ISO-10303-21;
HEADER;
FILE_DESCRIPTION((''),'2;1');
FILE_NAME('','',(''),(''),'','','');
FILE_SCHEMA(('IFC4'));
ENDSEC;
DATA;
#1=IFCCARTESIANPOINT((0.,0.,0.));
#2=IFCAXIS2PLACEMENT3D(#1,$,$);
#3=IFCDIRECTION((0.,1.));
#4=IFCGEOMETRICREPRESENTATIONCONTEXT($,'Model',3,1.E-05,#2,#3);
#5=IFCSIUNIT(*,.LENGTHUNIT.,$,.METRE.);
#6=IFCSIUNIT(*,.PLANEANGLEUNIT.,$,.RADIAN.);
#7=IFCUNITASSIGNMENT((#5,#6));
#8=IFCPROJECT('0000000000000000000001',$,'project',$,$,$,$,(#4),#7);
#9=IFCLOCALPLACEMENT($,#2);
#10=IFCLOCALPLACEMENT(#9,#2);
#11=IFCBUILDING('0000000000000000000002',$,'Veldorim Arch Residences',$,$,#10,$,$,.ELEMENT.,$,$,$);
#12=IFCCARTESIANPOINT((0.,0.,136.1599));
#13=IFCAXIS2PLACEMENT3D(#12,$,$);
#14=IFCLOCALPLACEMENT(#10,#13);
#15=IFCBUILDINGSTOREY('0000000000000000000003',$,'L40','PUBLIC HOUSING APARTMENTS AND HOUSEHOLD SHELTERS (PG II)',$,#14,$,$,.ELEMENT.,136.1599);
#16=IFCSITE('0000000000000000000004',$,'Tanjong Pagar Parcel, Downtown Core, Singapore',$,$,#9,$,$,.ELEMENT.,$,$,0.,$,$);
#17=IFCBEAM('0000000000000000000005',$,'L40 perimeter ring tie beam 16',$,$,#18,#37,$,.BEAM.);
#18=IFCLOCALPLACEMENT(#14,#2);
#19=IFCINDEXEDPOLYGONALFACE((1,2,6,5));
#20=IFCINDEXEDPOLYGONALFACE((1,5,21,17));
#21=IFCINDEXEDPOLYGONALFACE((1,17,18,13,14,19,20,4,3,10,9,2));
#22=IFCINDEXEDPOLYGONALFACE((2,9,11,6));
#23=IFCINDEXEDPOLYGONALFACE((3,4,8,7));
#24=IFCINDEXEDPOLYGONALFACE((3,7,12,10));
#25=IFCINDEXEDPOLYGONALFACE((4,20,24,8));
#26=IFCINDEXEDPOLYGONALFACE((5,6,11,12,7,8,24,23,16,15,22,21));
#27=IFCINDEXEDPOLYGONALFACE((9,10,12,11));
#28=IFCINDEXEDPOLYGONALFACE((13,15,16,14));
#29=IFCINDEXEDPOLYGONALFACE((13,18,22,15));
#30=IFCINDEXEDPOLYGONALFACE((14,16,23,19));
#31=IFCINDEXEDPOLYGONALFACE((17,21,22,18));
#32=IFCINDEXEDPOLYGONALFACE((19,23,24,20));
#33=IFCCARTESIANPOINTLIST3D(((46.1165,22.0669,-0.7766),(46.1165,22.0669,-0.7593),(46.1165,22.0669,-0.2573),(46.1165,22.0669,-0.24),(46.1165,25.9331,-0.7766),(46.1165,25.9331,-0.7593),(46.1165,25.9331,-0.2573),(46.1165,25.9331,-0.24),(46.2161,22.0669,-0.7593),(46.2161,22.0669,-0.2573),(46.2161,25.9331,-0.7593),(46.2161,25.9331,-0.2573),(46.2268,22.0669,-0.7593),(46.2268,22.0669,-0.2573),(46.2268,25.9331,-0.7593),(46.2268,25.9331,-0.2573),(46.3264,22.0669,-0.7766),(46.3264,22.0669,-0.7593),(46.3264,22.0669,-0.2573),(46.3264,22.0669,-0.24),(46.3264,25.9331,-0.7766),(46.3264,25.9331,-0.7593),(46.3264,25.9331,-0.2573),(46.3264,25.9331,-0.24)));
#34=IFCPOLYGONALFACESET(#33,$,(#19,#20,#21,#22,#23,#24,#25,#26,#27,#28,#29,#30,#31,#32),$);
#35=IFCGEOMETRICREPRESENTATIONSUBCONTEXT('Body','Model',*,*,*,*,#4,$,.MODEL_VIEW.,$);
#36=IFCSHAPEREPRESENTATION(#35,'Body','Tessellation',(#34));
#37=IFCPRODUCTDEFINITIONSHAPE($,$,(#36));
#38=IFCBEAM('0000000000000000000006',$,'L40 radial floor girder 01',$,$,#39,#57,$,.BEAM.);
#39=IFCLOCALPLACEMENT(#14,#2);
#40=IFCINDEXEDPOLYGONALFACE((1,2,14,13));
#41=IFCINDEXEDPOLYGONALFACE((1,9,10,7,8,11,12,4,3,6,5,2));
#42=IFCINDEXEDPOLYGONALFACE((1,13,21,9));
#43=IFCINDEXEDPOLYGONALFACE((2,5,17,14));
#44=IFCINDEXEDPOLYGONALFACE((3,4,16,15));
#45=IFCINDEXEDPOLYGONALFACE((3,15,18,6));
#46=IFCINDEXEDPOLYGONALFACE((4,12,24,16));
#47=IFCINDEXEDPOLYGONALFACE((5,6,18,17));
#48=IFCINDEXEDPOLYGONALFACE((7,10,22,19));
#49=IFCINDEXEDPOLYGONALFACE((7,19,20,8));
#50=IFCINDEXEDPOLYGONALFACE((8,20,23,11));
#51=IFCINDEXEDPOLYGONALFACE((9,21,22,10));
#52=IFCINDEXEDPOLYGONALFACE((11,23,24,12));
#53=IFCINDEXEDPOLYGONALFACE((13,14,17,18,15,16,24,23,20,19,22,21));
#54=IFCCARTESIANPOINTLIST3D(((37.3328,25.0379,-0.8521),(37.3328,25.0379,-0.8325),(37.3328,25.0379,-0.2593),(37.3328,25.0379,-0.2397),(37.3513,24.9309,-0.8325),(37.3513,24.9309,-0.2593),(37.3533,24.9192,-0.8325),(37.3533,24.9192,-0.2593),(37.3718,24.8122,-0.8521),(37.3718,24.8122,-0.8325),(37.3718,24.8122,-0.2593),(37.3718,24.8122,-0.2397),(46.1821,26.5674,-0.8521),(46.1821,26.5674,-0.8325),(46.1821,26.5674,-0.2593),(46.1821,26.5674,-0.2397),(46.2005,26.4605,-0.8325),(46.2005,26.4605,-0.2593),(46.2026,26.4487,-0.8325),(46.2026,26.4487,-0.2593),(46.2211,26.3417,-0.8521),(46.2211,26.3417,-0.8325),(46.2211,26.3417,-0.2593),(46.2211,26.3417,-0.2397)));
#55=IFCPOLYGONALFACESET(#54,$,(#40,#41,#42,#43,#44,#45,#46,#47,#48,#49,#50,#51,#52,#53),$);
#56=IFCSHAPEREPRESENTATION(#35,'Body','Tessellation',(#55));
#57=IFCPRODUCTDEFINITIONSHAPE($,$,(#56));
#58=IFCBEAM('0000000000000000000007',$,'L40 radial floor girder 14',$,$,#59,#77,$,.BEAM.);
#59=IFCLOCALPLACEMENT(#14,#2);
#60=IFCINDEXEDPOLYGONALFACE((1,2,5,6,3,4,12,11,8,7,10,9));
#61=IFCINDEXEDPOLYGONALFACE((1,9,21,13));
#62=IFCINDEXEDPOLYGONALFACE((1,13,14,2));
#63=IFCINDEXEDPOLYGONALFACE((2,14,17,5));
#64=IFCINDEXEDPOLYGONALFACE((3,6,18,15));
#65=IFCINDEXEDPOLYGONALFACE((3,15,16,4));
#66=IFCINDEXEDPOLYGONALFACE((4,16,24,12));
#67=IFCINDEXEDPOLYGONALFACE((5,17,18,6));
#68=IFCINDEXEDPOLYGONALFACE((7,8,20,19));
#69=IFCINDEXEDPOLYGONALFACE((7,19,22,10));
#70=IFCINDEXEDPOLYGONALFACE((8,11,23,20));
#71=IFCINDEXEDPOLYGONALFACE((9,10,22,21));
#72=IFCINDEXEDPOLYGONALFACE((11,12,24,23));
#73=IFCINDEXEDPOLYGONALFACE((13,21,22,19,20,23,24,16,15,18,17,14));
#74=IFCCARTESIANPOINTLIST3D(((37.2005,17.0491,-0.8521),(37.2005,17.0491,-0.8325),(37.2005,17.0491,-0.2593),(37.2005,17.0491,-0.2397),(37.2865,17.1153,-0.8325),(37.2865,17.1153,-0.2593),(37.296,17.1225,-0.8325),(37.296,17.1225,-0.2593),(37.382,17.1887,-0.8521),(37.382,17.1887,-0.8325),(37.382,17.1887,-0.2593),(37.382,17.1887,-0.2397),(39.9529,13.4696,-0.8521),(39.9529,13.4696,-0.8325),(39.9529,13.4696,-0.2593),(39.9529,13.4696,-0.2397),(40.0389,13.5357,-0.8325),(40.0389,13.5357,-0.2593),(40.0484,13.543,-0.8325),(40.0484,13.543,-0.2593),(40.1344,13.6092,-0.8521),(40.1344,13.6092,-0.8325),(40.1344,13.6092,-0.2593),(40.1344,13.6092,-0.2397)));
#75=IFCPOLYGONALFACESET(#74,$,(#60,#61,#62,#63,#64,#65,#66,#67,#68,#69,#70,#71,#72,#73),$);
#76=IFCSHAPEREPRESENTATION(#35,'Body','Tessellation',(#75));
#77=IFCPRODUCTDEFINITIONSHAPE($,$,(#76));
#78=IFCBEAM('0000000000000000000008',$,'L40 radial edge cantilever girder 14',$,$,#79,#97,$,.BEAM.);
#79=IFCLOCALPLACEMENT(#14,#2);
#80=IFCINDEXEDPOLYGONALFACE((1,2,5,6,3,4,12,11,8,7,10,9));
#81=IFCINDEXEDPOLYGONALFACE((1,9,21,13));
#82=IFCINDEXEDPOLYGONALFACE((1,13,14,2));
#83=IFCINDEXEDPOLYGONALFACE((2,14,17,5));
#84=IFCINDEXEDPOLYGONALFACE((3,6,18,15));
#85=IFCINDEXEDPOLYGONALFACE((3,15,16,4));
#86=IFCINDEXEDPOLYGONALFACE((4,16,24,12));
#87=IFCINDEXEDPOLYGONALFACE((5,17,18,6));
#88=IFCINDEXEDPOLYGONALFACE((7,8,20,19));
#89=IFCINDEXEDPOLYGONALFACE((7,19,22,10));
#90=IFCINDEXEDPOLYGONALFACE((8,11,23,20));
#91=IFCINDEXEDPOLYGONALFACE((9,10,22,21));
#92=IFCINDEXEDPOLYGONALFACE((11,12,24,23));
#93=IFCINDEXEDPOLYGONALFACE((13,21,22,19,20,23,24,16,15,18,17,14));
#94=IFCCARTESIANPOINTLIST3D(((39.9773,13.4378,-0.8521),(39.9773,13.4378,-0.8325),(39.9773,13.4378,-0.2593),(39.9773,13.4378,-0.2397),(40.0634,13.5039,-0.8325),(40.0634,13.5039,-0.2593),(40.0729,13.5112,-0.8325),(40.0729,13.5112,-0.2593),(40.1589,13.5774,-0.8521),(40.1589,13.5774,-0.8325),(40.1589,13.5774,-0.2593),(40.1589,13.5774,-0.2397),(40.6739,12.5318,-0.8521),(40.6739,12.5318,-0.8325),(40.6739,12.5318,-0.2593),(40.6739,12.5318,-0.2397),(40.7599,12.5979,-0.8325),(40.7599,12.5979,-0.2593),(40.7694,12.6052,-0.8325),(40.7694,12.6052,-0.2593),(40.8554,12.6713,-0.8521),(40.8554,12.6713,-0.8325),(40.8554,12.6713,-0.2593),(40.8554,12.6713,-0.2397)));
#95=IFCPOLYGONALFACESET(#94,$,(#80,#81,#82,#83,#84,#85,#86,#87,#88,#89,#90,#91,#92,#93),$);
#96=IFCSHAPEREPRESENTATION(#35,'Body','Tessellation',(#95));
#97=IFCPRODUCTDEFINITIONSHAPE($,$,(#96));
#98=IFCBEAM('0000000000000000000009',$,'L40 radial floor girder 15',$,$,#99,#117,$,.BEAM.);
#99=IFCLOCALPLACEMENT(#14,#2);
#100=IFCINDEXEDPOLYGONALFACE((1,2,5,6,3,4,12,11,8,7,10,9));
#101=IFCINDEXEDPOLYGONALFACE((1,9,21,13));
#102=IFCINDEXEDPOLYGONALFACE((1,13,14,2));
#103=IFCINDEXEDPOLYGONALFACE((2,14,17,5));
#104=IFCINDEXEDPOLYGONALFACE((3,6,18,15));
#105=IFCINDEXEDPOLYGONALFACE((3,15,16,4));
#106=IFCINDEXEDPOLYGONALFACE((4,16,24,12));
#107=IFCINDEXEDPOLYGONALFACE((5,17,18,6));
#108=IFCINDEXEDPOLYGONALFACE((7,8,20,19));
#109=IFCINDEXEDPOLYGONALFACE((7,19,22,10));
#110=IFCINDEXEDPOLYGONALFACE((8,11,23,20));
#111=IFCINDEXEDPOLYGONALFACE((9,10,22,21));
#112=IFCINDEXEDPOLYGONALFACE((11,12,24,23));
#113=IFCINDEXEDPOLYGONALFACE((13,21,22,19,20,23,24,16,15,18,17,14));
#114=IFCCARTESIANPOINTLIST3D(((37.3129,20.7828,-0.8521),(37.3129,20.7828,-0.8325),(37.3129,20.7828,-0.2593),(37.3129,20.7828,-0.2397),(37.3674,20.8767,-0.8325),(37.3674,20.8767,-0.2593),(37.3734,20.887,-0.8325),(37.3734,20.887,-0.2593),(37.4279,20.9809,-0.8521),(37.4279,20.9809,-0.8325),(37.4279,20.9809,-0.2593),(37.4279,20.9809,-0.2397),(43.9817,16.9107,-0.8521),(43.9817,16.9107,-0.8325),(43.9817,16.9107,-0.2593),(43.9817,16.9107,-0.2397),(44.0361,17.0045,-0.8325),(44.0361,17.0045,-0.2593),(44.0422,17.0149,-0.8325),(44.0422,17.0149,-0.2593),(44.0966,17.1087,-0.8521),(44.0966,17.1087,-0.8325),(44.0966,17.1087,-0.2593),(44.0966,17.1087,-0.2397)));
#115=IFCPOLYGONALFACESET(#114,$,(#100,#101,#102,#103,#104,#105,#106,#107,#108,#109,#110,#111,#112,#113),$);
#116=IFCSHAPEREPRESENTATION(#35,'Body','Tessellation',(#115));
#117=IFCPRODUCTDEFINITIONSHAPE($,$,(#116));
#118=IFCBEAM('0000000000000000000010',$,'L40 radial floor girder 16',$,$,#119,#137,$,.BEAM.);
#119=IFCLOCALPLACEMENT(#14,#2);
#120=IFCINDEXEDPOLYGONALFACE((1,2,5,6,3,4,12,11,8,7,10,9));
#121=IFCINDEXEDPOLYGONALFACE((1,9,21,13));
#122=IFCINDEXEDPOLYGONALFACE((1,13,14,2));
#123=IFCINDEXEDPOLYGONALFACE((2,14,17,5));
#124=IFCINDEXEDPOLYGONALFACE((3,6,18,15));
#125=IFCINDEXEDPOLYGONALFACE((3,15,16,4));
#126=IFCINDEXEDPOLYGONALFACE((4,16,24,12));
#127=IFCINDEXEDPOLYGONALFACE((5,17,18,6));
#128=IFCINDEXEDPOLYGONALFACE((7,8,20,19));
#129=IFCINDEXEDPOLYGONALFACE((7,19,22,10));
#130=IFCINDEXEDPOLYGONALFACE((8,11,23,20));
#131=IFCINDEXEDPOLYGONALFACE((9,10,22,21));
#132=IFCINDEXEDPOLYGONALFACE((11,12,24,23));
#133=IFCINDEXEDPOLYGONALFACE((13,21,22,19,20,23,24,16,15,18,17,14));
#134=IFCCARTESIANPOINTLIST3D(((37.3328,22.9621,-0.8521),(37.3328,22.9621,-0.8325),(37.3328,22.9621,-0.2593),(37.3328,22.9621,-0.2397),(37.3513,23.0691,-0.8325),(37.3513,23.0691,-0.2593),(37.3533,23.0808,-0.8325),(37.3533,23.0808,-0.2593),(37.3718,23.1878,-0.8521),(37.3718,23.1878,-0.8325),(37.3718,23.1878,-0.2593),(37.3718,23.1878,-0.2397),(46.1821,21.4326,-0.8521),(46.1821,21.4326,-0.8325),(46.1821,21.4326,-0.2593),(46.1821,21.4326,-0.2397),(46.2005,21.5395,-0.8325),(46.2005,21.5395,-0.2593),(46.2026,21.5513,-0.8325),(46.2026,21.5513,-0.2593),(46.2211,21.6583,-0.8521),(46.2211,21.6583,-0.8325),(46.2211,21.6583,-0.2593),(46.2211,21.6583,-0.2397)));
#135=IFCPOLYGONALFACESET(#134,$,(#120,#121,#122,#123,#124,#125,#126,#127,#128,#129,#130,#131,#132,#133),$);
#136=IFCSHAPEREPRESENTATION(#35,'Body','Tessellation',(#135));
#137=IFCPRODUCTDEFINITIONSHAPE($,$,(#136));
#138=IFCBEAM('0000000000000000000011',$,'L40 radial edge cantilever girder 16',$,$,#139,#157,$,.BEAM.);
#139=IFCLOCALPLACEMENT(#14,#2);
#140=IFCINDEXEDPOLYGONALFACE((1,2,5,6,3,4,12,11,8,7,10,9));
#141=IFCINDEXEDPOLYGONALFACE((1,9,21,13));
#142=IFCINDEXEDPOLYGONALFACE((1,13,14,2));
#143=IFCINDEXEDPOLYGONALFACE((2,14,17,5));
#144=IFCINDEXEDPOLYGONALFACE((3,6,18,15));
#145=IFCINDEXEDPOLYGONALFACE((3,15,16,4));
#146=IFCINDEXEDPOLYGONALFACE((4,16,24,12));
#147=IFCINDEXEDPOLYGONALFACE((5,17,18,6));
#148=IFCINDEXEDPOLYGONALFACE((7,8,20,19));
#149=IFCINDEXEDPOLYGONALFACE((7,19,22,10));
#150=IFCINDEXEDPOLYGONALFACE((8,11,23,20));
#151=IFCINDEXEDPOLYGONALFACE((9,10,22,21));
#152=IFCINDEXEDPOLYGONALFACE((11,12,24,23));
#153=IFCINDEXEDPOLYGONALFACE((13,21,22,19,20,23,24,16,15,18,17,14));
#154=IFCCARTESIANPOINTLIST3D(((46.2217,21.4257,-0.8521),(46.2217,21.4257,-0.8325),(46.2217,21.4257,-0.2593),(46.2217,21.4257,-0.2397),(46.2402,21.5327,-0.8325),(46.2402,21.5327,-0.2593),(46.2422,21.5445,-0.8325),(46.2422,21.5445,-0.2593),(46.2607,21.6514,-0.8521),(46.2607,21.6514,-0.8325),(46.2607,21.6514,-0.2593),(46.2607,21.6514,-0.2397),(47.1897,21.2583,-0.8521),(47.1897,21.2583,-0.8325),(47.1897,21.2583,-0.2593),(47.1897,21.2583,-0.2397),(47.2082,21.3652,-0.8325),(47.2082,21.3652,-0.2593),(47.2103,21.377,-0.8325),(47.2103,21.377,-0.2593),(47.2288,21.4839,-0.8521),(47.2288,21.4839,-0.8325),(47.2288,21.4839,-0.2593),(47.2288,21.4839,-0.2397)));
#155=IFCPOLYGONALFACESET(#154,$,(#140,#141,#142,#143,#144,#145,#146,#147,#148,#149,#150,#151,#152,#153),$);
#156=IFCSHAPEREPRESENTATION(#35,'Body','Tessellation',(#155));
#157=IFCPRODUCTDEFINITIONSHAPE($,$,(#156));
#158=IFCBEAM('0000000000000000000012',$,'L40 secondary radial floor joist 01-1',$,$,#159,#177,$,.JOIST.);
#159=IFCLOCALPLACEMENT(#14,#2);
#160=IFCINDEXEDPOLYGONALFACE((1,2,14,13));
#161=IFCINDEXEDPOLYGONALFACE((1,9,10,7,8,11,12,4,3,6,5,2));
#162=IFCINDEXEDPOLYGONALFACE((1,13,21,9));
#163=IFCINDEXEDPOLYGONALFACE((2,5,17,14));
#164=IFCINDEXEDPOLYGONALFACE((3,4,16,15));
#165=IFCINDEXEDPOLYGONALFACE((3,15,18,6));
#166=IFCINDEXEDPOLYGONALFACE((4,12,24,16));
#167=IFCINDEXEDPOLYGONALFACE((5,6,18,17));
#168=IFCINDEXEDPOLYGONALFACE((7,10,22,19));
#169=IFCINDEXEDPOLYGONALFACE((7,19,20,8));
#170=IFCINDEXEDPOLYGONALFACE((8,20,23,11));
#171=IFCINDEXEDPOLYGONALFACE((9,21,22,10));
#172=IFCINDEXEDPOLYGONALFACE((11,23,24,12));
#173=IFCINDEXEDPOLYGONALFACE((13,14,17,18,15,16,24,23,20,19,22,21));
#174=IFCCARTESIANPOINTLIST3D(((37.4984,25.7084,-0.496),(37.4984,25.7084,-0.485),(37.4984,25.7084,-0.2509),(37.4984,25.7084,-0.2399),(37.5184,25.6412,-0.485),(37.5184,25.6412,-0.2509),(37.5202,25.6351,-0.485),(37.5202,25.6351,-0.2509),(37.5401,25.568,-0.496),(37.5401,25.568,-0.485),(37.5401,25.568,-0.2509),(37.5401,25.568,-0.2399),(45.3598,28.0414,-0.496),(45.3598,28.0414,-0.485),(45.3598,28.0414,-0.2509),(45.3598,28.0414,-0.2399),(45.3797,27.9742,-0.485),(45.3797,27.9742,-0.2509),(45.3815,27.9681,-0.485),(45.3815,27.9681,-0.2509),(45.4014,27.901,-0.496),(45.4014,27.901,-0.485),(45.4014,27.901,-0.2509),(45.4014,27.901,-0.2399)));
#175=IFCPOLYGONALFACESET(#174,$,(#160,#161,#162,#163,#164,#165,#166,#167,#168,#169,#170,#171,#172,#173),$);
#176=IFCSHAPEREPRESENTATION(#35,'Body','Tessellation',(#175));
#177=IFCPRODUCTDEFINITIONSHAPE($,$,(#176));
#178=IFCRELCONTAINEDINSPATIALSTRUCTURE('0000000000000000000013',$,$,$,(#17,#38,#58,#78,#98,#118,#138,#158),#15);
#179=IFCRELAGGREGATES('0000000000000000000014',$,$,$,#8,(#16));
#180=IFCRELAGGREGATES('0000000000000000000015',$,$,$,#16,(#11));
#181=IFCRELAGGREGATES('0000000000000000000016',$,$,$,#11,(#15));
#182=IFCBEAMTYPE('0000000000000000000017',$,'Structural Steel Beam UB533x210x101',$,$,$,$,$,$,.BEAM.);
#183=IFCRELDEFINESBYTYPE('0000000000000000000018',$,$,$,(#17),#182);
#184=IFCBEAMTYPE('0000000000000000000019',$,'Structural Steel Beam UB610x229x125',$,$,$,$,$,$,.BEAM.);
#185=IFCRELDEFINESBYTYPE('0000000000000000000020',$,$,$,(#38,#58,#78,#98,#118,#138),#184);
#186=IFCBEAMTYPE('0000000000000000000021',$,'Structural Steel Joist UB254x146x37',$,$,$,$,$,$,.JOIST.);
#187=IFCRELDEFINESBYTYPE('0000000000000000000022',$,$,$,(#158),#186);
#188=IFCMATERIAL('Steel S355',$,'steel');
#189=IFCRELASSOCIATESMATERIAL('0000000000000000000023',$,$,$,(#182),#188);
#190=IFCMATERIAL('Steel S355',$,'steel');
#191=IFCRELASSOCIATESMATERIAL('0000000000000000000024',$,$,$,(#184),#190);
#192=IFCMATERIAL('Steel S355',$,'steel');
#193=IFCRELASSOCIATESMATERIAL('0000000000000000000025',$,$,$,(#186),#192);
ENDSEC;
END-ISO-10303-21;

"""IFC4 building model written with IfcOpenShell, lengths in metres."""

from ifc_helpers import new_model, si_unit, direction, frame, origin, origin_2d, place, context, subcontext, project, spatial, i_section, extrude, material, material_profile, profile_set, type_object, element, save


model = new_model("IFC4")

# Units and contexts
model_context = context("Model", 3, precision=1e-05, world=origin(), true_north=direction((0.0, 1.0)))
body_context = subcontext(model_context, "Body", "Model", "MODEL_VIEW")
ifc_project = project(units=[si_unit("LENGTHUNIT", "METRE"), si_unit("PLANEANGLEUNIT", "RADIAN")], contexts=[model_context])

# Site, building, storey
site_placement = place(None, origin())
site = spatial("IfcSite", under=ifc_project, at=site_placement, Name="Tanjong Pagar Parcel, Downtown Core, Singapore", CompositionType="ELEMENT", RefElevation=0.0)
building_placement = place(site_placement, origin())
building = spatial("IfcBuilding", under=site, at=building_placement, Name="Veldorim Arch Residences", CompositionType="ELEMENT")
storey_placement = place(building_placement, frame((0.0, 0.0, 136.1599)))
storey = spatial("IfcBuildingStorey", under=building, at=storey_placement, Name="L40", Description="PUBLIC HOUSING APARTMENTS AND HOUSEHOLD SHELTERS (PG II)", CompositionType="ELEMENT", Elevation=136.1599)

# Beams
ifc_material_1 = material(Name="Steel S355", Category="steel")
ifc_material_profile_1 = material_profile(ifc_material_1, i_section(OverallWidth=0.21, OverallDepth=0.5366, WebThickness=0.0107, FlangeThickness=0.0173, at=origin_2d()), Name="UB533x210x101")
ifc_profile_set_1 = profile_set([ifc_material_profile_1], Name="Steel S355")
beam_type_1 = type_object("IfcBeamType", Name="Structural Steel Beam UB533x210x101", PredefinedType="BEAM", material=ifc_profile_set_1)
beam_1_placement = place(storey_placement, frame((46.2214, 22.0669, -0.5083), z_axis=(0.0, 1.0, 0.0), x_axis=(-1.0, 0.0, 0.0)))
element("IfcBeam", 1, at=beam_1_placement, inside=storey, type_object=beam_type_1, Name="L40 perimeter ring tie beam 16", PredefinedType="BEAM", context=body_context, shape_type="SweptSolid", body=[
    extrude(i_section(OverallWidth=0.21, OverallDepth=0.5366, WebThickness=0.0107, FlangeThickness=0.0173, at=origin_2d()), origin(), (0.0, 0.0, 1.0), 3.8662),
])
ifc_material_2 = material(Name="Steel S355", Category="steel")
ifc_material_profile_2 = material_profile(ifc_material_2, i_section(OverallWidth=0.229, OverallDepth=0.6123, WebThickness=0.012, FlangeThickness=0.0195, at=origin_2d()), Name="UB610x229x125")
ifc_profile_set_2 = profile_set([ifc_material_profile_2], Name="Steel S355")
beam_type_2 = type_object("IfcBeamType", Name="Structural Steel Beam UB610x229x125", PredefinedType="BEAM", material=ifc_profile_set_2)
beam_2_placement = place(storey_placement, frame((37.3523, 24.925, -0.5459), z_axis=(0.985389, 0.170317, 0.0), x_axis=(-0.170317, 0.985389, 0.0)))
element("IfcBeam", 2, at=beam_2_placement, inside=storey, type_object=beam_type_2, Name="L40 radial floor girder 01", PredefinedType="BEAM", context=body_context, shape_type="SweptSolid", body=[
    extrude(i_section(OverallWidth=0.229, OverallDepth=0.6123, WebThickness=0.012, FlangeThickness=0.0195, at=origin_2d()), origin(), (0.0, 0.0, 1.0), 8.9805),
])
beam_3_placement = place(storey_placement, frame((37.2913, 17.1189, -0.5459), z_axis=(0.609559, -0.792741, 0.0), x_axis=(0.792741, 0.609559, 0.0)))
element("IfcBeam", 3, at=beam_3_placement, inside=storey, type_object=beam_type_2, Name="L40 radial floor girder 14", PredefinedType="BEAM", context=body_context, shape_type="SweptSolid", body=[
    extrude(i_section(OverallWidth=0.229, OverallDepth=0.6123, WebThickness=0.012, FlangeThickness=0.0195, at=origin_2d()), origin(), (0.0, 0.0, 1.0), 4.5154),
])
beam_4_placement = place(storey_placement, frame((40.0681, 13.5076, -0.5459), z_axis=(0.609494, -0.792791, 0.0), x_axis=(0.792791, 0.609494, 0.0)))
element("IfcBeam", 4, at=beam_4_placement, inside=storey, type_object=beam_type_2, Name="L40 radial edge cantilever girder 14", PredefinedType="BEAM", context=body_context, shape_type="SweptSolid", body=[
    extrude(i_section(OverallWidth=0.229, OverallDepth=0.6123, WebThickness=0.012, FlangeThickness=0.0195, at=origin_2d()), origin(), (0.0, 0.0, 1.0), 1.1428),
])
beam_5_placement = place(storey_placement, frame((37.3704, 20.8818, -0.5459), z_axis=(0.864793, -0.502128, 0.0), x_axis=(0.502128, 0.864793, 0.0)))
element("IfcBeam", 5, at=beam_5_placement, inside=storey, type_object=beam_type_2, Name="L40 radial floor girder 15", PredefinedType="BEAM", context=body_context, shape_type="SweptSolid", body=[
    extrude(i_section(OverallWidth=0.229, OverallDepth=0.6123, WebThickness=0.012, FlangeThickness=0.0195, at=origin_2d()), origin(), (0.0, 0.0, 1.0), 7.7114),
])
beam_6_placement = place(storey_placement, frame((37.3523, 23.075, -0.5459), z_axis=(0.985389, -0.170317, 0.0), x_axis=(0.170317, 0.985389, 0.0)))
element("IfcBeam", 6, at=beam_6_placement, inside=storey, type_object=beam_type_2, Name="L40 radial floor girder 16", PredefinedType="BEAM", context=body_context, shape_type="SweptSolid", body=[
    extrude(i_section(OverallWidth=0.229, OverallDepth=0.6123, WebThickness=0.012, FlangeThickness=0.0195, at=origin_2d()), origin(), (0.0, 0.0, 1.0), 8.9805),
])
beam_7_placement = place(storey_placement, frame((46.2412, 21.5386, -0.5459), z_axis=(0.985361, -0.170481, 0.0), x_axis=(0.170481, 0.985361, 0.0)))
element("IfcBeam", 7, at=beam_7_placement, inside=storey, type_object=beam_type_2, Name="L40 radial edge cantilever girder 16", PredefinedType="BEAM", context=body_context, shape_type="SweptSolid", body=[
    extrude(i_section(OverallWidth=0.229, OverallDepth=0.6123, WebThickness=0.012, FlangeThickness=0.0195, at=origin_2d()), origin(), (0.0, 0.0, 1.0), 0.9824),
])
ifc_material_3 = material(Name="Steel S355", Category="steel")
ifc_material_profile_3 = material_profile(ifc_material_3, i_section(OverallWidth=0.1465, OverallDepth=0.2561, WebThickness=0.0063, FlangeThickness=0.011, at=origin_2d()), Name="UB254x146x37")
ifc_profile_set_3 = profile_set([ifc_material_profile_3], Name="Steel S355")
beam_type_3 = type_object("IfcBeamType", Name="Structural Steel Joist UB254x146x37", PredefinedType="JOIST", material=ifc_profile_set_3)
beam_8_placement = place(storey_placement, frame((37.5193, 25.6382, -0.3679), z_axis=(0.958674, 0.284506, 0.0), x_axis=(-0.284506, 0.958674, 0.0)))
element("IfcBeam", 8, at=beam_8_placement, inside=storey, type_object=beam_type_3, Name="L40 secondary radial floor joist 01-1", PredefinedType="JOIST", context=body_context, shape_type="SweptSolid", body=[
    extrude(i_section(OverallWidth=0.1465, OverallDepth=0.2561, WebThickness=0.0063, FlangeThickness=0.011, at=origin_2d()), origin(), (0.0, 0.0, 1.0), 8.2002),
])

save(model, "model.ifc")
